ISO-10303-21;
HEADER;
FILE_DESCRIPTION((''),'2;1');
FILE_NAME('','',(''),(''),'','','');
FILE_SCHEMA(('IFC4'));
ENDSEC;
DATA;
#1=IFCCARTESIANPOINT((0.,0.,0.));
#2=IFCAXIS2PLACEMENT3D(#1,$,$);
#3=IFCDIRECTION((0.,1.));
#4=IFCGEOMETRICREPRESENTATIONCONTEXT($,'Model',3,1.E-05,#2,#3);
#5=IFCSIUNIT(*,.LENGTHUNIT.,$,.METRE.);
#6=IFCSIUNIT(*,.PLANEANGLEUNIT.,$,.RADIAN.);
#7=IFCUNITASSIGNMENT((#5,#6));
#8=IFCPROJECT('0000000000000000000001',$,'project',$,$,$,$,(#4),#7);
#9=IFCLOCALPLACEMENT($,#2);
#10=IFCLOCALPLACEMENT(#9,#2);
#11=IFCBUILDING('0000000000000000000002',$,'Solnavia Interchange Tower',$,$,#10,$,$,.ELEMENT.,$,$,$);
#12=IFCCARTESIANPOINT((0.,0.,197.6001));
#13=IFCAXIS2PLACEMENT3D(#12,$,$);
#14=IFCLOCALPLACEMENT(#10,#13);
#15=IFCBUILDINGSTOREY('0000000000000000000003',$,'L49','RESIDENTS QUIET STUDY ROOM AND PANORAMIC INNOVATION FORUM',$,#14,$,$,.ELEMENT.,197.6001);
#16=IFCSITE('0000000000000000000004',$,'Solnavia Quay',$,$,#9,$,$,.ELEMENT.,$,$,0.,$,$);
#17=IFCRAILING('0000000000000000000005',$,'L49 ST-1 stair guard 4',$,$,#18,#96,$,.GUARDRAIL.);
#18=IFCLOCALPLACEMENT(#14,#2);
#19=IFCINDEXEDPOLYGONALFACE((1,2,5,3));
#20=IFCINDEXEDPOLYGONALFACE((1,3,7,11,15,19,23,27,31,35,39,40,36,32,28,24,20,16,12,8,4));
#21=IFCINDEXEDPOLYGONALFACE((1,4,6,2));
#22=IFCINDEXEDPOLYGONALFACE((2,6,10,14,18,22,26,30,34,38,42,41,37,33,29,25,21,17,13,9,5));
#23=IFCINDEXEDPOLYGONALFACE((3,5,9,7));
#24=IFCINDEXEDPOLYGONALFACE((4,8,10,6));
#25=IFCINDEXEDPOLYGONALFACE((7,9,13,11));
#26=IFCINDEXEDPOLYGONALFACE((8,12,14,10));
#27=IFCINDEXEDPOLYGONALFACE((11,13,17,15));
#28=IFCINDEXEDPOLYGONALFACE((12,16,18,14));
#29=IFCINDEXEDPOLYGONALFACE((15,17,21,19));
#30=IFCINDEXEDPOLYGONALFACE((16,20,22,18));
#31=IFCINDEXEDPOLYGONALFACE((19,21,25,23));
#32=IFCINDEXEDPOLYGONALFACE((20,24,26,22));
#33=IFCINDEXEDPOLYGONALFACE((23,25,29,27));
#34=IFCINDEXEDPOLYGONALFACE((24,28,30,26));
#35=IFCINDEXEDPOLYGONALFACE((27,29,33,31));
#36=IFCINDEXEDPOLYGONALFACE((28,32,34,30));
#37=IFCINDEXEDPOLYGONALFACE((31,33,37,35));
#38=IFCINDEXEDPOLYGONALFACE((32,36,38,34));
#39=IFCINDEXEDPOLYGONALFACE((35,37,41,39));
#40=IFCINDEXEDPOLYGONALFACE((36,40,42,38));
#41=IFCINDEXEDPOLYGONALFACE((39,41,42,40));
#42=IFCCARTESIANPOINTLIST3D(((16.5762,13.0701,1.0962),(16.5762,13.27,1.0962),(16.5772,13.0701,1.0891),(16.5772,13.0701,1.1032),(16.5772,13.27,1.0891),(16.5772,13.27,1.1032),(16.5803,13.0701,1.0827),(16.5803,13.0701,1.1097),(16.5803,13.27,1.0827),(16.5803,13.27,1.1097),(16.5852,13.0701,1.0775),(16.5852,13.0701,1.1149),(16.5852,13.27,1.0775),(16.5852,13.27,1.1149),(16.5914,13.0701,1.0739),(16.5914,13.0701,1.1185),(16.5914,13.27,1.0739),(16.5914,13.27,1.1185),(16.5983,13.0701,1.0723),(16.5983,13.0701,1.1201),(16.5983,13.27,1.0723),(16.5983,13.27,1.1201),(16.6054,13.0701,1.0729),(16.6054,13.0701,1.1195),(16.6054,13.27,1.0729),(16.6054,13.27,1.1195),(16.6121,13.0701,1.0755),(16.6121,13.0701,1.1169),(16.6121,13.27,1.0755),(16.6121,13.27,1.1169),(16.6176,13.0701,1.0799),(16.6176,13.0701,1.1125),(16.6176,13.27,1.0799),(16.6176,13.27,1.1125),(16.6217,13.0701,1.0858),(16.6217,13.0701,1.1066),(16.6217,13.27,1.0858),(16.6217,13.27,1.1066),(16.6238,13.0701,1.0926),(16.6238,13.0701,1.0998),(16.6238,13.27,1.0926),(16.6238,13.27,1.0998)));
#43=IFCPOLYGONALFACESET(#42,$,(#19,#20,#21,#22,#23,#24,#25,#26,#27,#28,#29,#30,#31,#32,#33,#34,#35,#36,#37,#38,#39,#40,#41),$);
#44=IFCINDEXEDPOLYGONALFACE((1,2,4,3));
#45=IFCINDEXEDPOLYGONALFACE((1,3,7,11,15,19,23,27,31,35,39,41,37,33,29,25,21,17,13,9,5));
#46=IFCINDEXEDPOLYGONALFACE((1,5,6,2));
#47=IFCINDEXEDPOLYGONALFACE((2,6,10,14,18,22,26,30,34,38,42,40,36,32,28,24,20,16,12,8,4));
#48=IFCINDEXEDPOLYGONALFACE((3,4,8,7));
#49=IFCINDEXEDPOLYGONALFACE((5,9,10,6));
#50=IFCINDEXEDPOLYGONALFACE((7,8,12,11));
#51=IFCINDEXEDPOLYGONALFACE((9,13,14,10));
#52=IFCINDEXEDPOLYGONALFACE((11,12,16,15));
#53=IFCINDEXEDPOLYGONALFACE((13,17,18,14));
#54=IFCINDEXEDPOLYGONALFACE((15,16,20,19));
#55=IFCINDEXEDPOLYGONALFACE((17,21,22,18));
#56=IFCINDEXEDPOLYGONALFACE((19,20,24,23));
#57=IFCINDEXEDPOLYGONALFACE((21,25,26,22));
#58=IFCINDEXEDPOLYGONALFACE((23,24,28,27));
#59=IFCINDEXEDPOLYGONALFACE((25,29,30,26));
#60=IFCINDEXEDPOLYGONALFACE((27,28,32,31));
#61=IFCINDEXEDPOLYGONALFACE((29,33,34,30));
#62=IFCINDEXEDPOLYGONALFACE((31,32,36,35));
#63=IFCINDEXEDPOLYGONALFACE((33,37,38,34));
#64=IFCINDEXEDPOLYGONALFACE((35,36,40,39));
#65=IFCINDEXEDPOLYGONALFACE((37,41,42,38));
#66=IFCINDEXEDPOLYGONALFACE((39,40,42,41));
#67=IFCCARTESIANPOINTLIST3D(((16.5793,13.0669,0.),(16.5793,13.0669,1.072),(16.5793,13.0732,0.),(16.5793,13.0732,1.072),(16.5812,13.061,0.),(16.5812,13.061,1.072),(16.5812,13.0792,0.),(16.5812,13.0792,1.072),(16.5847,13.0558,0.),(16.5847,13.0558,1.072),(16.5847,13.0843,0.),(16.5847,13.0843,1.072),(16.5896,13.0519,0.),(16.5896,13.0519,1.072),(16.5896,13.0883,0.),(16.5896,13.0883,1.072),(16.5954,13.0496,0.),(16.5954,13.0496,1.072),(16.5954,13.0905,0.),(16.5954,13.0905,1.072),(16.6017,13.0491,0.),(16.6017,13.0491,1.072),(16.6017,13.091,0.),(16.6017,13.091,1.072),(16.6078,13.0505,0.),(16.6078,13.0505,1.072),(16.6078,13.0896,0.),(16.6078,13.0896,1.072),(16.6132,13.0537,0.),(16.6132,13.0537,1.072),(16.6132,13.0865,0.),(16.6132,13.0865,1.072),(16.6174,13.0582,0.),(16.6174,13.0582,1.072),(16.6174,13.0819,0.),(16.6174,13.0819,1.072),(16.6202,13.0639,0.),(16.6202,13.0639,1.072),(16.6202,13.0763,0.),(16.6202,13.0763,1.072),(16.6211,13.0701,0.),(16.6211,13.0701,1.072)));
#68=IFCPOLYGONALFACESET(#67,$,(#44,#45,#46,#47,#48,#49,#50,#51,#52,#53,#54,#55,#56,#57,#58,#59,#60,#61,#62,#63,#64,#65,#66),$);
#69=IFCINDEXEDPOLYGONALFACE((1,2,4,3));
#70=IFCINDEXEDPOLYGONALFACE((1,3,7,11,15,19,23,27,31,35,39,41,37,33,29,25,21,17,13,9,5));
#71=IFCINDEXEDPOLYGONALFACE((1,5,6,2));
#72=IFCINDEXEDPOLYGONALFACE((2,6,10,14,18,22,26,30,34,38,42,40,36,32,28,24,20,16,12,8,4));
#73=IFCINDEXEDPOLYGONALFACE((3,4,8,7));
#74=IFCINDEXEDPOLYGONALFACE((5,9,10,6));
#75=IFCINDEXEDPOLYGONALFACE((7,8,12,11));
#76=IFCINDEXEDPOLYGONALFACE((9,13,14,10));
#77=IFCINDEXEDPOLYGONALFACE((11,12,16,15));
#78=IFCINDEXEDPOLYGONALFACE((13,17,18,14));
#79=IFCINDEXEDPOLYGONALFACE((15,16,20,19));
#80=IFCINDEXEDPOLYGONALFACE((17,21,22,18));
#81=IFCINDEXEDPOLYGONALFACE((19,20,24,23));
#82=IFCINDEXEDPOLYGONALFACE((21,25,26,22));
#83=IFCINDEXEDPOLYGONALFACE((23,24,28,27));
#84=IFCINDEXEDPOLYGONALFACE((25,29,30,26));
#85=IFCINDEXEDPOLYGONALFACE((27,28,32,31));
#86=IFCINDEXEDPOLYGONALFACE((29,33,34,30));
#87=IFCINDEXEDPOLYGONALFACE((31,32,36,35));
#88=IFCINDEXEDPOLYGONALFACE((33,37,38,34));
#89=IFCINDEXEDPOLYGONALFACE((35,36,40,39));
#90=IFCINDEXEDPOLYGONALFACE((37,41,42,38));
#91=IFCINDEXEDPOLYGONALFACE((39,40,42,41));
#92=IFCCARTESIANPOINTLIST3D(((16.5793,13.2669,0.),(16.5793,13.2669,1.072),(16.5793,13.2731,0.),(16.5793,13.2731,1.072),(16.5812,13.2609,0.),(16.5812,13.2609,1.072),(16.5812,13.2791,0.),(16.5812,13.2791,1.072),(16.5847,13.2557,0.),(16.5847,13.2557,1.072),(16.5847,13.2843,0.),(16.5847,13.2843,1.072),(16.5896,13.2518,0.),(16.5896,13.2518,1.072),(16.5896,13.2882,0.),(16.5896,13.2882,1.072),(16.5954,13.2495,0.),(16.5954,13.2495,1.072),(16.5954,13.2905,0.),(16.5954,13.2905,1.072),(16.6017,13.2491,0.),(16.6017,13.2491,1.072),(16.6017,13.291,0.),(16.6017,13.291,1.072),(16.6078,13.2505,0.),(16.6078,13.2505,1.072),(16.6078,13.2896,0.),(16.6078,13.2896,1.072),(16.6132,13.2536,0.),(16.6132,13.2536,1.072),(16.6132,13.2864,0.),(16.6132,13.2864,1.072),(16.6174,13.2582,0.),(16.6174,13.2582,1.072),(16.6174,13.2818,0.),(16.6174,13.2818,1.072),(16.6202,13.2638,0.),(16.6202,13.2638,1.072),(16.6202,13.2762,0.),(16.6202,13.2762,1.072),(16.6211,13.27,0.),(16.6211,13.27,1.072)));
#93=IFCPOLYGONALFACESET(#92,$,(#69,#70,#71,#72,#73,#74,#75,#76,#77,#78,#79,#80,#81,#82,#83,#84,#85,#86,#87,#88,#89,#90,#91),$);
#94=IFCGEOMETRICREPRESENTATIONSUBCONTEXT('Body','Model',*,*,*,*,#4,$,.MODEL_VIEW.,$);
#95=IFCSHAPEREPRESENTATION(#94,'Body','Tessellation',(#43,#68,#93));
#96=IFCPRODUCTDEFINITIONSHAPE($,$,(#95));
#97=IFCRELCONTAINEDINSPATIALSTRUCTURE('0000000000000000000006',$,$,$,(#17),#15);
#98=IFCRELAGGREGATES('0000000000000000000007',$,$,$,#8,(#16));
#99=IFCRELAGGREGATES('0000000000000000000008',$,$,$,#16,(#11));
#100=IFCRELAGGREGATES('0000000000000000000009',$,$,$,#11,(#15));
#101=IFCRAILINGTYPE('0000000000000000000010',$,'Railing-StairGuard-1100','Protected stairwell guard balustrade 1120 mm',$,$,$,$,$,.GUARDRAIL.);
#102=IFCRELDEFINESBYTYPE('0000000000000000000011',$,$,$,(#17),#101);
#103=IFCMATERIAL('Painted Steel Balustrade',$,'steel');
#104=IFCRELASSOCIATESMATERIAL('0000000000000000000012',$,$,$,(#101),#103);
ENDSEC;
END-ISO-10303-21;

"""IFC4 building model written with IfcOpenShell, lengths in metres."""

from ifc_helpers import new_model, si_unit, direction, frame, origin, origin_2d, place, context, subcontext, project, spatial, circle, extrude, material, type_object, element, save


model = new_model("IFC4")

# Units and contexts
model_context = context("Model", 3, precision=1e-05, world=origin(), true_north=direction((0.0, 1.0)))
body_context = subcontext(model_context, "Body", "Model", "MODEL_VIEW")
ifc_project = project(units=[si_unit("LENGTHUNIT", "METRE"), si_unit("PLANEANGLEUNIT", "RADIAN")], contexts=[model_context])

# Site, building, storey
site_placement = place(None, origin())
site = spatial("IfcSite", under=ifc_project, at=site_placement, Name="Solnavia Quay", CompositionType="ELEMENT", RefElevation=0.0)
building_placement = place(site_placement, origin())
building = spatial("IfcBuilding", under=site, at=building_placement, Name="Solnavia Interchange Tower", CompositionType="ELEMENT")
storey_placement = place(building_placement, frame((0.0, 0.0, 197.6001)))
storey = spatial("IfcBuildingStorey", under=building, at=storey_placement, Name="L49", Description="RESIDENTS QUIET STUDY ROOM AND PANORAMIC INNOVATION FORUM", CompositionType="ELEMENT", Elevation=197.6001)

# Railing
ifc_material_1 = material(Name="Painted Steel Balustrade", Category="steel")
railing_type_1 = type_object("IfcRailingType", Name="Railing-StairGuard-1100", Description="Protected stairwell guard balustrade 1120 mm", PredefinedType="GUARDRAIL", material=ifc_material_1)
railing_1_placement = place(storey_placement, frame((16.6001, 13.0701, 0.0)))
element("IfcRailing", 1, at=railing_1_placement, inside=storey, type_object=railing_type_1, Name="L49 ST-1 stair guard 4", PredefinedType="GUARDRAIL", context=body_context, shape_type="SweptSolid", body=[
    extrude(circle(Radius=0.0239, at=origin_2d()), frame((0.0, 0.0, 1.0962), z_axis=(0.0, 1.0, 0.0), x_axis=(-1.0, 0.0, 0.0)), (0.0, 0.0, 1.0), 0.2),
    extrude(circle(Radius=0.021, at=origin_2d()), origin(), (0.0, 0.0, 1.0), 1.072),
    extrude(circle(Radius=0.021, at=origin_2d()), frame((0.0, 0.2, 0.0)), (0.0, 0.0, 1.0), 1.072),
])

save(model, "model.ifc")
